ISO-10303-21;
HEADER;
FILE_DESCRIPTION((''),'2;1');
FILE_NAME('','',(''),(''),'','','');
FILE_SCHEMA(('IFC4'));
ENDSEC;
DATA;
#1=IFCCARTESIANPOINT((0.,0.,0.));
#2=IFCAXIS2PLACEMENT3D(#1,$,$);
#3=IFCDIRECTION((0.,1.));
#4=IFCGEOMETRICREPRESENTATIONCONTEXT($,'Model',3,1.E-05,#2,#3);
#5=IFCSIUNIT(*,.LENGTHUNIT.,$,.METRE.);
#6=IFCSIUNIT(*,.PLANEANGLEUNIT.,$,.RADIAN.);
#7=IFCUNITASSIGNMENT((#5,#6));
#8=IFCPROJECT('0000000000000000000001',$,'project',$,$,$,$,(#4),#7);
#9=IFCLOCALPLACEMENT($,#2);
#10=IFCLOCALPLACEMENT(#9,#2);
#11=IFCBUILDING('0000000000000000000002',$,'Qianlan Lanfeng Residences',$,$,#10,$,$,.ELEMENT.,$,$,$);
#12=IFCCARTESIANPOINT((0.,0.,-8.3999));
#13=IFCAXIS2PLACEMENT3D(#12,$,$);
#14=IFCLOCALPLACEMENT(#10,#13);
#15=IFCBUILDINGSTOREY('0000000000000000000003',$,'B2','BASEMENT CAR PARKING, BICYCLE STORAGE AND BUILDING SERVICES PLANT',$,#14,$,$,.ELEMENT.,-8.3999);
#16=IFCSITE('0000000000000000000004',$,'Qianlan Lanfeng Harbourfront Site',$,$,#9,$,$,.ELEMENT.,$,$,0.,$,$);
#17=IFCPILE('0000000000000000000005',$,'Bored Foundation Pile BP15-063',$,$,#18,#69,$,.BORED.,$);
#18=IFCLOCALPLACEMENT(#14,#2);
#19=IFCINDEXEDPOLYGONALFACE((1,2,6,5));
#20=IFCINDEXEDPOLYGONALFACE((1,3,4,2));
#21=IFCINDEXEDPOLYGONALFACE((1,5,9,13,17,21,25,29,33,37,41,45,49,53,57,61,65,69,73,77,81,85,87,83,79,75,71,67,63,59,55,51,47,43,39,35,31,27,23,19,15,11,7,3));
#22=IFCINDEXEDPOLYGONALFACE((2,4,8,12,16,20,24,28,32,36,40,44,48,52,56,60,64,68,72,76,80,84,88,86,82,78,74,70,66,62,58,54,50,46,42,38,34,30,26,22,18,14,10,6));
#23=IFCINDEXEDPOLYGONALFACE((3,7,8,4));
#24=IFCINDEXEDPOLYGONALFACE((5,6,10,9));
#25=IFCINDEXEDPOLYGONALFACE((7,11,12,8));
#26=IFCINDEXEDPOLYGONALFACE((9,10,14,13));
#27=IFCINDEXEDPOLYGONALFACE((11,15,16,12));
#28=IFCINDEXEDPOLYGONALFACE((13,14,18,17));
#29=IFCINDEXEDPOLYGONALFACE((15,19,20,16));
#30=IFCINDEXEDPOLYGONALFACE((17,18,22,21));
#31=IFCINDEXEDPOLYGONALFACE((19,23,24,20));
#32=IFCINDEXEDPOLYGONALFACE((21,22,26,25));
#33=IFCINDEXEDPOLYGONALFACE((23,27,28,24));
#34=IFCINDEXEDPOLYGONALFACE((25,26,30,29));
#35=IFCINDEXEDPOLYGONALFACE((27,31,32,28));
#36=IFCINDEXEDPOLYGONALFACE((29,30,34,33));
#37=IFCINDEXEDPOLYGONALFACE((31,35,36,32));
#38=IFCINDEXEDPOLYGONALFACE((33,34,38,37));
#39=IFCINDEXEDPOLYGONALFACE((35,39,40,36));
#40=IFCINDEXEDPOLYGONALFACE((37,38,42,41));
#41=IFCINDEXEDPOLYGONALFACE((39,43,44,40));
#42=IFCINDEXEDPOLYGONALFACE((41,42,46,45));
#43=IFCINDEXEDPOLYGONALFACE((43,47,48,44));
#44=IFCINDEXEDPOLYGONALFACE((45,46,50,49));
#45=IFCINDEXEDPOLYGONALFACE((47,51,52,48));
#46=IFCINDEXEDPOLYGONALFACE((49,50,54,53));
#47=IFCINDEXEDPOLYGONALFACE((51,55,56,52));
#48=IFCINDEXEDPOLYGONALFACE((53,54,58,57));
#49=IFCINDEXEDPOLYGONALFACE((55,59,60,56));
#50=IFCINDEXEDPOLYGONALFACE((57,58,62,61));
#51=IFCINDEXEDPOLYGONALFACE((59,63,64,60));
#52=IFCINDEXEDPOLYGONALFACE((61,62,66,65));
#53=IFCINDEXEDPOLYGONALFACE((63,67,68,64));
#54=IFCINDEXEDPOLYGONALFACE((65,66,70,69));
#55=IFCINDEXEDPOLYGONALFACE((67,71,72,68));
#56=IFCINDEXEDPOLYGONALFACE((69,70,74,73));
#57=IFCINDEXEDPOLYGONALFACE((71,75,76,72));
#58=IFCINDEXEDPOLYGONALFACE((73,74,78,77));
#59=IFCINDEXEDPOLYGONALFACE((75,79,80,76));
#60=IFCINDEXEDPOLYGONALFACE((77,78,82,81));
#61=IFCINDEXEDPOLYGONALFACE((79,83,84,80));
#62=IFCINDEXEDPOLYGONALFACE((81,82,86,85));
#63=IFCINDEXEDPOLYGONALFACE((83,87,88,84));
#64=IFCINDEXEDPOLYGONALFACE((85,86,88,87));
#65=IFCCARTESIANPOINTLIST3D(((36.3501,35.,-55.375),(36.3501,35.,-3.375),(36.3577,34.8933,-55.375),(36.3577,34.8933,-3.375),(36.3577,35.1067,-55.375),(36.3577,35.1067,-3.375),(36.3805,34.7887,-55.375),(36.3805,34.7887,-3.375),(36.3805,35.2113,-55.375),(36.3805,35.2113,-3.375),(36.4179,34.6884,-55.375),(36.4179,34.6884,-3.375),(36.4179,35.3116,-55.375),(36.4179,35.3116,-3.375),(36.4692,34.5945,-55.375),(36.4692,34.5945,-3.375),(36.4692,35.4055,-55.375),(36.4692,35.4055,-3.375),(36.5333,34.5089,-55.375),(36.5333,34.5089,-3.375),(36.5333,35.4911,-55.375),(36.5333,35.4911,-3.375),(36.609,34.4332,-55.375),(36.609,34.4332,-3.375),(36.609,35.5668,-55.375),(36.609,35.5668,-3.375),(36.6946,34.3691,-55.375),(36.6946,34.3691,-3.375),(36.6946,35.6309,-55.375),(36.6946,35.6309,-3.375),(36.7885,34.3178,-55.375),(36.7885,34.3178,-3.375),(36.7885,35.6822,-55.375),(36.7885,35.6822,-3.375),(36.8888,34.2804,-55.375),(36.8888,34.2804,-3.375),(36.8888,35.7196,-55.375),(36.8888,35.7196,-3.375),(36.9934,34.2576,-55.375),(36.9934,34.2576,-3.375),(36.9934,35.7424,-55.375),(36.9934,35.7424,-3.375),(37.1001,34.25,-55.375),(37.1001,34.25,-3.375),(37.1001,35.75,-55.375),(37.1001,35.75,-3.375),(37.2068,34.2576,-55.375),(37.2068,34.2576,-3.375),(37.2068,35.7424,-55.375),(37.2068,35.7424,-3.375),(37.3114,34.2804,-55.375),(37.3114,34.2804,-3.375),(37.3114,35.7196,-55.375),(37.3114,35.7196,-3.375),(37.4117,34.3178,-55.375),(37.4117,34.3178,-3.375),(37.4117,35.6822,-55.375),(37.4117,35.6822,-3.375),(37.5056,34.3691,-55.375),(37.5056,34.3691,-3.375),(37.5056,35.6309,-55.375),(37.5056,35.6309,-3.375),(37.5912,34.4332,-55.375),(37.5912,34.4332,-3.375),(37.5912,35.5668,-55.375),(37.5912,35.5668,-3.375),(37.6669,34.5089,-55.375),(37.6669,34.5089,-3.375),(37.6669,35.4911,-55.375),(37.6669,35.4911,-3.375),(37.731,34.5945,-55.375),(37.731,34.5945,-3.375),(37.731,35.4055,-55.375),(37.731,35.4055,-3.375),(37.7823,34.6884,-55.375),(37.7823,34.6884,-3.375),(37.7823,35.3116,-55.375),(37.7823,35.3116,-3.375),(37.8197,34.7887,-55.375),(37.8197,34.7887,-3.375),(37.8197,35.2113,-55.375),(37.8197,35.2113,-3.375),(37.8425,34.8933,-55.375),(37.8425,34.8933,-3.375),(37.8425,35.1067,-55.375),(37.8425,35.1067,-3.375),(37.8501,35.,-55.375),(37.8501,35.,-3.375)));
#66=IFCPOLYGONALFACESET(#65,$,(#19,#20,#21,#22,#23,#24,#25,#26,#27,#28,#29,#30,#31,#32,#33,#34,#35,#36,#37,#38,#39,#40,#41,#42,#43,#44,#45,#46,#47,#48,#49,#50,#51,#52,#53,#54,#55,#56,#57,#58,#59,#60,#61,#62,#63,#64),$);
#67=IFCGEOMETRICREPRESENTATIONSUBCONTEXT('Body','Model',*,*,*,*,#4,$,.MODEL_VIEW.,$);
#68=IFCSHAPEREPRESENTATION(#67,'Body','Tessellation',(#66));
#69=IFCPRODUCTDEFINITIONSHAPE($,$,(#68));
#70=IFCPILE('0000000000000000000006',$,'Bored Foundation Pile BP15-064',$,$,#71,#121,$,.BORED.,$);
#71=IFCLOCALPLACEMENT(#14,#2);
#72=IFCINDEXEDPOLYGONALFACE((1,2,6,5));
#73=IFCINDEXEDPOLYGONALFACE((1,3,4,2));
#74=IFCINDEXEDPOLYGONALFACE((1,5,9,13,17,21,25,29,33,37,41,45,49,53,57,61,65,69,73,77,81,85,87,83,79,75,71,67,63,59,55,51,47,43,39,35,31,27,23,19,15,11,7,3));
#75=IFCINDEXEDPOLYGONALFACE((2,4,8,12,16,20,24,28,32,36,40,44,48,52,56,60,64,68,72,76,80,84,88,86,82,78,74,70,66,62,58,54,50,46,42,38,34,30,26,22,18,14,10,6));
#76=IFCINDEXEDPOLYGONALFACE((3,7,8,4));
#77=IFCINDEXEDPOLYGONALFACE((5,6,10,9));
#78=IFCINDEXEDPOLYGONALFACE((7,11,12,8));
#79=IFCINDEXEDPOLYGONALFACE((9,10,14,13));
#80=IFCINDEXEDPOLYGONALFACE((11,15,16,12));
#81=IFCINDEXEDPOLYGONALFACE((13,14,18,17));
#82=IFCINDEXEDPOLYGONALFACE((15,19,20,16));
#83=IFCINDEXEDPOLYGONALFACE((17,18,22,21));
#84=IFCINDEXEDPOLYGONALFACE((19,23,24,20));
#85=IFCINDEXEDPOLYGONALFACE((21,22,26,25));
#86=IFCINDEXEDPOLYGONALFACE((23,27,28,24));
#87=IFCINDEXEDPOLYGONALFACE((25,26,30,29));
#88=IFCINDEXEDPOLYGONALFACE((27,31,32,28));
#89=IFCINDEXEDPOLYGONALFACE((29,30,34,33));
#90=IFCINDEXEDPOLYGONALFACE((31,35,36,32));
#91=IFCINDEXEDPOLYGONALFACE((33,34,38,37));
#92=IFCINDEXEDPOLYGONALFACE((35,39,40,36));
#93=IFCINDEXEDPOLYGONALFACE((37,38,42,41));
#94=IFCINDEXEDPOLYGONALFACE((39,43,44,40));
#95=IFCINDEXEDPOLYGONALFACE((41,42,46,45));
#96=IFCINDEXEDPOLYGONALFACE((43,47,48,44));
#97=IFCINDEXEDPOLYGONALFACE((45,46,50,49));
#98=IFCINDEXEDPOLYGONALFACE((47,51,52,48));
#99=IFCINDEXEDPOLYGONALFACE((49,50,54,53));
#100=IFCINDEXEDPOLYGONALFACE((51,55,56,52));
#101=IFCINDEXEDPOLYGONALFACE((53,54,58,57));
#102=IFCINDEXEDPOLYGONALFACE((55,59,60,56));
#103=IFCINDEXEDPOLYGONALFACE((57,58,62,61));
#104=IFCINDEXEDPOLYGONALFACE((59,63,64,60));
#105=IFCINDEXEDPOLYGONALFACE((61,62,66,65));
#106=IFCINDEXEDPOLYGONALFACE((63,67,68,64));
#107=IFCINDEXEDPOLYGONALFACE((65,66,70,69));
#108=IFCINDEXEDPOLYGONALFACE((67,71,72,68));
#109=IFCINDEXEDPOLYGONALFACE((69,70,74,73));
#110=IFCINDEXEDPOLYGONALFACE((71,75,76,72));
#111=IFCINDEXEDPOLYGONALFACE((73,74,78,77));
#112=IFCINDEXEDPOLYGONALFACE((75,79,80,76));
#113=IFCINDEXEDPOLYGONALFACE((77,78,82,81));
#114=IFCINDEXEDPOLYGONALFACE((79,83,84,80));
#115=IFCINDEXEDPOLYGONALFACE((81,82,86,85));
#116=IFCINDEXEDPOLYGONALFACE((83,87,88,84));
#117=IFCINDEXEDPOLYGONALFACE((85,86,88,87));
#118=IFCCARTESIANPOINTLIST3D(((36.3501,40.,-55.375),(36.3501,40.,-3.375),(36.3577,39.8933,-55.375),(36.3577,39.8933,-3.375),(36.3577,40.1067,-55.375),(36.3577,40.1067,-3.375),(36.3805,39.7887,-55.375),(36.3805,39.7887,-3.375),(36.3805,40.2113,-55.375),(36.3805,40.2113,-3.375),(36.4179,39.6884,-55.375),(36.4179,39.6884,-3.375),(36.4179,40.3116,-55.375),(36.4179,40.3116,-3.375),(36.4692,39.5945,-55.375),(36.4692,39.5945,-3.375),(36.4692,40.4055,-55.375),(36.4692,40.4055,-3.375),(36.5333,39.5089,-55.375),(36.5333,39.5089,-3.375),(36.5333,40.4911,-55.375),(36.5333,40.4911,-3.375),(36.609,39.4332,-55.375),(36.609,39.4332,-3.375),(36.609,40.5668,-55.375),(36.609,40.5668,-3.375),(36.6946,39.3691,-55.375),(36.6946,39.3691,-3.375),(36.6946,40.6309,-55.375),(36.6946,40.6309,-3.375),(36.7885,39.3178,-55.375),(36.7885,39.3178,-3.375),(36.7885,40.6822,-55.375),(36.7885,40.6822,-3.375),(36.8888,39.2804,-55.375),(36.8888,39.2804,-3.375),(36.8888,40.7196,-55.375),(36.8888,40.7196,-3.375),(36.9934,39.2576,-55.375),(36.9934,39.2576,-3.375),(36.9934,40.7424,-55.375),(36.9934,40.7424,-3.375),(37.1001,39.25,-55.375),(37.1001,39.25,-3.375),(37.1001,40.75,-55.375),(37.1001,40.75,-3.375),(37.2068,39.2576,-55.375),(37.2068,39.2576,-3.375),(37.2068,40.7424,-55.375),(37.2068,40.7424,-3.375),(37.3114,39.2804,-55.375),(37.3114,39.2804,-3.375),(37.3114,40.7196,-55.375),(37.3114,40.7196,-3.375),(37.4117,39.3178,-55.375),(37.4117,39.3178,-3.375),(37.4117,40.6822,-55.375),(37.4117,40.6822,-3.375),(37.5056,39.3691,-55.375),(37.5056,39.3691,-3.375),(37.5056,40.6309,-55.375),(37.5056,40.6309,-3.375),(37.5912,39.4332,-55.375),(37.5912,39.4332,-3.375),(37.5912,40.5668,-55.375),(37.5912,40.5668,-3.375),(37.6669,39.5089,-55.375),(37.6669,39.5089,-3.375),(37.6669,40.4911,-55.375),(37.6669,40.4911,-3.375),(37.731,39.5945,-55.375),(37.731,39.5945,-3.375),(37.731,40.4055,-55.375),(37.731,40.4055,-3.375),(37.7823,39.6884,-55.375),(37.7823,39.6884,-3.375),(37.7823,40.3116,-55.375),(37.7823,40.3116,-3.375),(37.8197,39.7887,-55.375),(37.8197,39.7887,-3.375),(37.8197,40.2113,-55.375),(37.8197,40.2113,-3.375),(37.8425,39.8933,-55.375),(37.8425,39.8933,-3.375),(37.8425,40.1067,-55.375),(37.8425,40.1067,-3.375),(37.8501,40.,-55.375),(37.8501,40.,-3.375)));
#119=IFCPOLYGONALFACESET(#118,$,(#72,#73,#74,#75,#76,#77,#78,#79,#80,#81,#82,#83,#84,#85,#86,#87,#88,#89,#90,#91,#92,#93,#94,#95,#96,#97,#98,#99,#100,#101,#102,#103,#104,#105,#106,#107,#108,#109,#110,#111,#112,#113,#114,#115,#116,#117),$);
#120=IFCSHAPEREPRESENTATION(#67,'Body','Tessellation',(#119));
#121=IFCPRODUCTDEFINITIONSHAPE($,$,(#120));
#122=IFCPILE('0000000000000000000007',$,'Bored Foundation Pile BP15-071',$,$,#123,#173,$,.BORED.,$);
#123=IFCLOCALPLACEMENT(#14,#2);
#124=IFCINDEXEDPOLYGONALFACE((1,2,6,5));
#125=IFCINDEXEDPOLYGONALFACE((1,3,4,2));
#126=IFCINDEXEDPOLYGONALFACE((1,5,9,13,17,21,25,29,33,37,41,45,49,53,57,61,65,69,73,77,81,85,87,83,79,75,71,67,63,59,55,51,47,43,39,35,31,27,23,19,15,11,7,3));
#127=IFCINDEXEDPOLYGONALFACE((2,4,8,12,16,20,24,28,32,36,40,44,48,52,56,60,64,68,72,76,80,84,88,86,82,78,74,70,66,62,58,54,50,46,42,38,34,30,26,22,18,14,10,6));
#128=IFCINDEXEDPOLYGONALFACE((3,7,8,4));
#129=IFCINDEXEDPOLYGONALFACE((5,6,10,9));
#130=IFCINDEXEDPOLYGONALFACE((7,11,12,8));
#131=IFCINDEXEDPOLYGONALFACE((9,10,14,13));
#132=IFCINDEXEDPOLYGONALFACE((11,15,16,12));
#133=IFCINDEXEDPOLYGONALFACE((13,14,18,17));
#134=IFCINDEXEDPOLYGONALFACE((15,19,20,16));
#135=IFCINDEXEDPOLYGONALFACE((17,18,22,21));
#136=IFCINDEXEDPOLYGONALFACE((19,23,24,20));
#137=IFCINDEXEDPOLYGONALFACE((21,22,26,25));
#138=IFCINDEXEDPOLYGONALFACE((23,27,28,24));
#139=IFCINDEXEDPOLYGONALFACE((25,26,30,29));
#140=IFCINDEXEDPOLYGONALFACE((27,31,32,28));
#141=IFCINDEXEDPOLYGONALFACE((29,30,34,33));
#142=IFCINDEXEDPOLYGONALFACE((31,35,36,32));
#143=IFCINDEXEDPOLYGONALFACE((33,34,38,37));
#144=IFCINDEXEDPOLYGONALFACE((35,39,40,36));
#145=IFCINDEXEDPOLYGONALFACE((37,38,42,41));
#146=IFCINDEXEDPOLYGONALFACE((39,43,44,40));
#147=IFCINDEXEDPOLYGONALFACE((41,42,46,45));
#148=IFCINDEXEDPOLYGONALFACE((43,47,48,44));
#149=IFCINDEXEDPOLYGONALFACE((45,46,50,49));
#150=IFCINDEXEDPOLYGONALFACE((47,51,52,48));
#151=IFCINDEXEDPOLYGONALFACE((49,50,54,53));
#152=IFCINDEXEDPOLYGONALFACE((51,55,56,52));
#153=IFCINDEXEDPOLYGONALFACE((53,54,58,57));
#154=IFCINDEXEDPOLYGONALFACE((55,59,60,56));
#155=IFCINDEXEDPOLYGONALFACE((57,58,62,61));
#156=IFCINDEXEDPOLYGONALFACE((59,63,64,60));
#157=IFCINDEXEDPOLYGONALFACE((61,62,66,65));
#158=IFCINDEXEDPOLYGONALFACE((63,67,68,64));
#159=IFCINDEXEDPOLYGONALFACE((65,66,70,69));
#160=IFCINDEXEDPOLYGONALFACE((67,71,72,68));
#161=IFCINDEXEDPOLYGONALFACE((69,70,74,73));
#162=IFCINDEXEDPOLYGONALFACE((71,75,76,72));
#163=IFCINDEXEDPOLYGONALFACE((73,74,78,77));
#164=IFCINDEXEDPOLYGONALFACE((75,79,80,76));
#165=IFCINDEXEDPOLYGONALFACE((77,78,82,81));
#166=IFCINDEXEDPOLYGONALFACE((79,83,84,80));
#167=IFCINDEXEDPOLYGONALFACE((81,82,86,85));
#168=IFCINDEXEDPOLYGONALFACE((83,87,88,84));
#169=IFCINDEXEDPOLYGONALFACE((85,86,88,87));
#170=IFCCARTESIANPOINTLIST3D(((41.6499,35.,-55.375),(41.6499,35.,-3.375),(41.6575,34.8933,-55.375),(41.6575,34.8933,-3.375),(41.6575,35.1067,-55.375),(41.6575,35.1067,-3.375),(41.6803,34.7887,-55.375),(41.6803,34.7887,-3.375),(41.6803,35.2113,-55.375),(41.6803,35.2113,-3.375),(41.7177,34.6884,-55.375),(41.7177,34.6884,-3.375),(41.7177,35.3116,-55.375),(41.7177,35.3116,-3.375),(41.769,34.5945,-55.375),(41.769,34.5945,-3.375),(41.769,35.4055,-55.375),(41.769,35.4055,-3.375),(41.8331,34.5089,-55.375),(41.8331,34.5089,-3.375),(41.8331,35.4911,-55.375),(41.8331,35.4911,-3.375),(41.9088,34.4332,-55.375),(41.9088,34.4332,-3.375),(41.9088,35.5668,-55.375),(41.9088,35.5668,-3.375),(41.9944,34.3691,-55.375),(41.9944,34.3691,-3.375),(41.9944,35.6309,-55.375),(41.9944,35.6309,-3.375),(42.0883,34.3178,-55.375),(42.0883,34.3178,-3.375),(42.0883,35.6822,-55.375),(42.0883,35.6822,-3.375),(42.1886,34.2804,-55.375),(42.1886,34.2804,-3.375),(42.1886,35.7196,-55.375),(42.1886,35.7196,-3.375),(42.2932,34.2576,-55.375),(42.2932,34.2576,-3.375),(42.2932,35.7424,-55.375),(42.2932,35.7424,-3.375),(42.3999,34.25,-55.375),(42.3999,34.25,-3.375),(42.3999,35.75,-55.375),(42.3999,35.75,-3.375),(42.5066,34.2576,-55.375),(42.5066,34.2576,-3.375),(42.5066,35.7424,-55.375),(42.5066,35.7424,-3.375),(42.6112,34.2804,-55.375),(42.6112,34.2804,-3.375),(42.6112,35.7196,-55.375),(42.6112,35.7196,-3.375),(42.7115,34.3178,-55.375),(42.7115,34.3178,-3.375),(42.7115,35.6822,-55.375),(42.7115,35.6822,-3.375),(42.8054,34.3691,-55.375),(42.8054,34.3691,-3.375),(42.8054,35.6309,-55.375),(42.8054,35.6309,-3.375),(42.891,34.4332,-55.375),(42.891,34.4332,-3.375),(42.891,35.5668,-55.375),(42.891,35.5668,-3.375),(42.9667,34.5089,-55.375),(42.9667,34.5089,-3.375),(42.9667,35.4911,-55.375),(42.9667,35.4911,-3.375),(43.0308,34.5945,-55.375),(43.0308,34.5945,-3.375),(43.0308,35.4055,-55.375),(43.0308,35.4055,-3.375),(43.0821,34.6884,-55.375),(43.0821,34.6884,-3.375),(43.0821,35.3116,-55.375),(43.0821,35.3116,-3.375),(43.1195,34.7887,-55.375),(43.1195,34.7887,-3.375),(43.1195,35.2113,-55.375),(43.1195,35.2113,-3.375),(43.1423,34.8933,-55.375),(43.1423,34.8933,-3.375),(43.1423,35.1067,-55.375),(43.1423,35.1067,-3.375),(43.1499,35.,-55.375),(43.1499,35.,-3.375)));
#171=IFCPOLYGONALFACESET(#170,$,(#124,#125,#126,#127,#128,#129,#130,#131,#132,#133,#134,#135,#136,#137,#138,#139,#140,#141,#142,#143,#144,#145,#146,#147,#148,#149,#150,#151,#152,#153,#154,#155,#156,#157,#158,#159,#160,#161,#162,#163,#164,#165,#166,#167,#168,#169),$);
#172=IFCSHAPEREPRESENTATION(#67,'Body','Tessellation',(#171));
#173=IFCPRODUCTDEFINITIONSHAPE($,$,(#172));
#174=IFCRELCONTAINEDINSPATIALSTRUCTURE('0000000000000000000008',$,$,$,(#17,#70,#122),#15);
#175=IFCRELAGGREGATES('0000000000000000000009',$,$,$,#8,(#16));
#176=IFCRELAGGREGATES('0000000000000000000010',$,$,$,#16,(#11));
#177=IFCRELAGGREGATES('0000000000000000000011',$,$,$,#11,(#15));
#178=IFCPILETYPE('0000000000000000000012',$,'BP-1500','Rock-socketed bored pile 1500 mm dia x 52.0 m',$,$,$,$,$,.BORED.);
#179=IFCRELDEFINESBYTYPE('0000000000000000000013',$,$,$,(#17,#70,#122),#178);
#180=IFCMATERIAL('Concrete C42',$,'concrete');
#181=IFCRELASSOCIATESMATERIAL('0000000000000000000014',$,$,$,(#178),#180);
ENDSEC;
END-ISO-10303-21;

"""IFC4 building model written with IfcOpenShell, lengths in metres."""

from ifc_helpers import new_model, si_unit, direction, frame, origin, origin_2d, place, context, subcontext, project, spatial, circle, extrude, material, material_profile, profile_set, type_object, element, save


model = new_model("IFC4")

# Units and contexts
model_context = context("Model", 3, precision=1e-05, world=origin(), true_north=direction((0.0, 1.0)))
body_context = subcontext(model_context, "Body", "Model", "MODEL_VIEW")
ifc_project = project(units=[si_unit("LENGTHUNIT", "METRE"), si_unit("PLANEANGLEUNIT", "RADIAN")], contexts=[model_context])

# Site, building, storey
site_placement = place(None, origin())
site = spatial("IfcSite", under=ifc_project, at=site_placement, Name="Qianlan Lanfeng Harbourfront Site", CompositionType="ELEMENT", RefElevation=0.0)
building_placement = place(site_placement, origin())
building = spatial("IfcBuilding", under=site, at=building_placement, Name="Qianlan Lanfeng Residences", CompositionType="ELEMENT")
storey_placement = place(building_placement, frame((0.0, 0.0, -8.3999)))
storey = spatial("IfcBuildingStorey", under=building, at=storey_placement, Name="B2", Description="BASEMENT CAR PARKING, BICYCLE STORAGE AND BUILDING SERVICES PLANT", CompositionType="ELEMENT", Elevation=-8.3999)

# Piles
ifc_material_1 = material(Name="Concrete C42", Category="concrete")
ifc_material_profile_1 = material_profile(ifc_material_1, circle(Radius=0.75, at=origin_2d()), Name="PILE D1500")
ifc_profile_set_1 = profile_set([ifc_material_profile_1], Name="Concrete C42")
pile_type_1 = type_object("IfcPileType", Name="BP-1500", Description="Rock-socketed bored pile 1500 mm dia x 52.0 m", PredefinedType="BORED", material=ifc_profile_set_1)
for number, where, z_axis, x_axis, name in (
    (1, (37.1001, 35.0, -3.375), (0.0, 0.0, -1.0), (1.0, 0.0, 0.0), "Bored Foundation Pile BP15-063"),
    (2, (37.1001, 40.0, -3.375), (0.0, 0.0, -1.0), (1.0, 0.0, 0.0), "Bored Foundation Pile BP15-064"),
    (3, (42.3999, 35.0, -3.375), (0.0, 0.0, -1.0), (1.0, 0.0, 0.0), "Bored Foundation Pile BP15-071"),
):
    element("IfcPile", number, at=place(storey_placement, frame(where, z_axis=z_axis, x_axis=x_axis)), inside=storey, type_object=pile_type_1, Name=name, PredefinedType="BORED", context=body_context, shape_type="SweptSolid", body=[
        extrude(circle(Radius=0.75, at=origin_2d()), origin(), (0.0, 0.0, 1.0), 52.0),
    ])

save(model, "model.ifc")
